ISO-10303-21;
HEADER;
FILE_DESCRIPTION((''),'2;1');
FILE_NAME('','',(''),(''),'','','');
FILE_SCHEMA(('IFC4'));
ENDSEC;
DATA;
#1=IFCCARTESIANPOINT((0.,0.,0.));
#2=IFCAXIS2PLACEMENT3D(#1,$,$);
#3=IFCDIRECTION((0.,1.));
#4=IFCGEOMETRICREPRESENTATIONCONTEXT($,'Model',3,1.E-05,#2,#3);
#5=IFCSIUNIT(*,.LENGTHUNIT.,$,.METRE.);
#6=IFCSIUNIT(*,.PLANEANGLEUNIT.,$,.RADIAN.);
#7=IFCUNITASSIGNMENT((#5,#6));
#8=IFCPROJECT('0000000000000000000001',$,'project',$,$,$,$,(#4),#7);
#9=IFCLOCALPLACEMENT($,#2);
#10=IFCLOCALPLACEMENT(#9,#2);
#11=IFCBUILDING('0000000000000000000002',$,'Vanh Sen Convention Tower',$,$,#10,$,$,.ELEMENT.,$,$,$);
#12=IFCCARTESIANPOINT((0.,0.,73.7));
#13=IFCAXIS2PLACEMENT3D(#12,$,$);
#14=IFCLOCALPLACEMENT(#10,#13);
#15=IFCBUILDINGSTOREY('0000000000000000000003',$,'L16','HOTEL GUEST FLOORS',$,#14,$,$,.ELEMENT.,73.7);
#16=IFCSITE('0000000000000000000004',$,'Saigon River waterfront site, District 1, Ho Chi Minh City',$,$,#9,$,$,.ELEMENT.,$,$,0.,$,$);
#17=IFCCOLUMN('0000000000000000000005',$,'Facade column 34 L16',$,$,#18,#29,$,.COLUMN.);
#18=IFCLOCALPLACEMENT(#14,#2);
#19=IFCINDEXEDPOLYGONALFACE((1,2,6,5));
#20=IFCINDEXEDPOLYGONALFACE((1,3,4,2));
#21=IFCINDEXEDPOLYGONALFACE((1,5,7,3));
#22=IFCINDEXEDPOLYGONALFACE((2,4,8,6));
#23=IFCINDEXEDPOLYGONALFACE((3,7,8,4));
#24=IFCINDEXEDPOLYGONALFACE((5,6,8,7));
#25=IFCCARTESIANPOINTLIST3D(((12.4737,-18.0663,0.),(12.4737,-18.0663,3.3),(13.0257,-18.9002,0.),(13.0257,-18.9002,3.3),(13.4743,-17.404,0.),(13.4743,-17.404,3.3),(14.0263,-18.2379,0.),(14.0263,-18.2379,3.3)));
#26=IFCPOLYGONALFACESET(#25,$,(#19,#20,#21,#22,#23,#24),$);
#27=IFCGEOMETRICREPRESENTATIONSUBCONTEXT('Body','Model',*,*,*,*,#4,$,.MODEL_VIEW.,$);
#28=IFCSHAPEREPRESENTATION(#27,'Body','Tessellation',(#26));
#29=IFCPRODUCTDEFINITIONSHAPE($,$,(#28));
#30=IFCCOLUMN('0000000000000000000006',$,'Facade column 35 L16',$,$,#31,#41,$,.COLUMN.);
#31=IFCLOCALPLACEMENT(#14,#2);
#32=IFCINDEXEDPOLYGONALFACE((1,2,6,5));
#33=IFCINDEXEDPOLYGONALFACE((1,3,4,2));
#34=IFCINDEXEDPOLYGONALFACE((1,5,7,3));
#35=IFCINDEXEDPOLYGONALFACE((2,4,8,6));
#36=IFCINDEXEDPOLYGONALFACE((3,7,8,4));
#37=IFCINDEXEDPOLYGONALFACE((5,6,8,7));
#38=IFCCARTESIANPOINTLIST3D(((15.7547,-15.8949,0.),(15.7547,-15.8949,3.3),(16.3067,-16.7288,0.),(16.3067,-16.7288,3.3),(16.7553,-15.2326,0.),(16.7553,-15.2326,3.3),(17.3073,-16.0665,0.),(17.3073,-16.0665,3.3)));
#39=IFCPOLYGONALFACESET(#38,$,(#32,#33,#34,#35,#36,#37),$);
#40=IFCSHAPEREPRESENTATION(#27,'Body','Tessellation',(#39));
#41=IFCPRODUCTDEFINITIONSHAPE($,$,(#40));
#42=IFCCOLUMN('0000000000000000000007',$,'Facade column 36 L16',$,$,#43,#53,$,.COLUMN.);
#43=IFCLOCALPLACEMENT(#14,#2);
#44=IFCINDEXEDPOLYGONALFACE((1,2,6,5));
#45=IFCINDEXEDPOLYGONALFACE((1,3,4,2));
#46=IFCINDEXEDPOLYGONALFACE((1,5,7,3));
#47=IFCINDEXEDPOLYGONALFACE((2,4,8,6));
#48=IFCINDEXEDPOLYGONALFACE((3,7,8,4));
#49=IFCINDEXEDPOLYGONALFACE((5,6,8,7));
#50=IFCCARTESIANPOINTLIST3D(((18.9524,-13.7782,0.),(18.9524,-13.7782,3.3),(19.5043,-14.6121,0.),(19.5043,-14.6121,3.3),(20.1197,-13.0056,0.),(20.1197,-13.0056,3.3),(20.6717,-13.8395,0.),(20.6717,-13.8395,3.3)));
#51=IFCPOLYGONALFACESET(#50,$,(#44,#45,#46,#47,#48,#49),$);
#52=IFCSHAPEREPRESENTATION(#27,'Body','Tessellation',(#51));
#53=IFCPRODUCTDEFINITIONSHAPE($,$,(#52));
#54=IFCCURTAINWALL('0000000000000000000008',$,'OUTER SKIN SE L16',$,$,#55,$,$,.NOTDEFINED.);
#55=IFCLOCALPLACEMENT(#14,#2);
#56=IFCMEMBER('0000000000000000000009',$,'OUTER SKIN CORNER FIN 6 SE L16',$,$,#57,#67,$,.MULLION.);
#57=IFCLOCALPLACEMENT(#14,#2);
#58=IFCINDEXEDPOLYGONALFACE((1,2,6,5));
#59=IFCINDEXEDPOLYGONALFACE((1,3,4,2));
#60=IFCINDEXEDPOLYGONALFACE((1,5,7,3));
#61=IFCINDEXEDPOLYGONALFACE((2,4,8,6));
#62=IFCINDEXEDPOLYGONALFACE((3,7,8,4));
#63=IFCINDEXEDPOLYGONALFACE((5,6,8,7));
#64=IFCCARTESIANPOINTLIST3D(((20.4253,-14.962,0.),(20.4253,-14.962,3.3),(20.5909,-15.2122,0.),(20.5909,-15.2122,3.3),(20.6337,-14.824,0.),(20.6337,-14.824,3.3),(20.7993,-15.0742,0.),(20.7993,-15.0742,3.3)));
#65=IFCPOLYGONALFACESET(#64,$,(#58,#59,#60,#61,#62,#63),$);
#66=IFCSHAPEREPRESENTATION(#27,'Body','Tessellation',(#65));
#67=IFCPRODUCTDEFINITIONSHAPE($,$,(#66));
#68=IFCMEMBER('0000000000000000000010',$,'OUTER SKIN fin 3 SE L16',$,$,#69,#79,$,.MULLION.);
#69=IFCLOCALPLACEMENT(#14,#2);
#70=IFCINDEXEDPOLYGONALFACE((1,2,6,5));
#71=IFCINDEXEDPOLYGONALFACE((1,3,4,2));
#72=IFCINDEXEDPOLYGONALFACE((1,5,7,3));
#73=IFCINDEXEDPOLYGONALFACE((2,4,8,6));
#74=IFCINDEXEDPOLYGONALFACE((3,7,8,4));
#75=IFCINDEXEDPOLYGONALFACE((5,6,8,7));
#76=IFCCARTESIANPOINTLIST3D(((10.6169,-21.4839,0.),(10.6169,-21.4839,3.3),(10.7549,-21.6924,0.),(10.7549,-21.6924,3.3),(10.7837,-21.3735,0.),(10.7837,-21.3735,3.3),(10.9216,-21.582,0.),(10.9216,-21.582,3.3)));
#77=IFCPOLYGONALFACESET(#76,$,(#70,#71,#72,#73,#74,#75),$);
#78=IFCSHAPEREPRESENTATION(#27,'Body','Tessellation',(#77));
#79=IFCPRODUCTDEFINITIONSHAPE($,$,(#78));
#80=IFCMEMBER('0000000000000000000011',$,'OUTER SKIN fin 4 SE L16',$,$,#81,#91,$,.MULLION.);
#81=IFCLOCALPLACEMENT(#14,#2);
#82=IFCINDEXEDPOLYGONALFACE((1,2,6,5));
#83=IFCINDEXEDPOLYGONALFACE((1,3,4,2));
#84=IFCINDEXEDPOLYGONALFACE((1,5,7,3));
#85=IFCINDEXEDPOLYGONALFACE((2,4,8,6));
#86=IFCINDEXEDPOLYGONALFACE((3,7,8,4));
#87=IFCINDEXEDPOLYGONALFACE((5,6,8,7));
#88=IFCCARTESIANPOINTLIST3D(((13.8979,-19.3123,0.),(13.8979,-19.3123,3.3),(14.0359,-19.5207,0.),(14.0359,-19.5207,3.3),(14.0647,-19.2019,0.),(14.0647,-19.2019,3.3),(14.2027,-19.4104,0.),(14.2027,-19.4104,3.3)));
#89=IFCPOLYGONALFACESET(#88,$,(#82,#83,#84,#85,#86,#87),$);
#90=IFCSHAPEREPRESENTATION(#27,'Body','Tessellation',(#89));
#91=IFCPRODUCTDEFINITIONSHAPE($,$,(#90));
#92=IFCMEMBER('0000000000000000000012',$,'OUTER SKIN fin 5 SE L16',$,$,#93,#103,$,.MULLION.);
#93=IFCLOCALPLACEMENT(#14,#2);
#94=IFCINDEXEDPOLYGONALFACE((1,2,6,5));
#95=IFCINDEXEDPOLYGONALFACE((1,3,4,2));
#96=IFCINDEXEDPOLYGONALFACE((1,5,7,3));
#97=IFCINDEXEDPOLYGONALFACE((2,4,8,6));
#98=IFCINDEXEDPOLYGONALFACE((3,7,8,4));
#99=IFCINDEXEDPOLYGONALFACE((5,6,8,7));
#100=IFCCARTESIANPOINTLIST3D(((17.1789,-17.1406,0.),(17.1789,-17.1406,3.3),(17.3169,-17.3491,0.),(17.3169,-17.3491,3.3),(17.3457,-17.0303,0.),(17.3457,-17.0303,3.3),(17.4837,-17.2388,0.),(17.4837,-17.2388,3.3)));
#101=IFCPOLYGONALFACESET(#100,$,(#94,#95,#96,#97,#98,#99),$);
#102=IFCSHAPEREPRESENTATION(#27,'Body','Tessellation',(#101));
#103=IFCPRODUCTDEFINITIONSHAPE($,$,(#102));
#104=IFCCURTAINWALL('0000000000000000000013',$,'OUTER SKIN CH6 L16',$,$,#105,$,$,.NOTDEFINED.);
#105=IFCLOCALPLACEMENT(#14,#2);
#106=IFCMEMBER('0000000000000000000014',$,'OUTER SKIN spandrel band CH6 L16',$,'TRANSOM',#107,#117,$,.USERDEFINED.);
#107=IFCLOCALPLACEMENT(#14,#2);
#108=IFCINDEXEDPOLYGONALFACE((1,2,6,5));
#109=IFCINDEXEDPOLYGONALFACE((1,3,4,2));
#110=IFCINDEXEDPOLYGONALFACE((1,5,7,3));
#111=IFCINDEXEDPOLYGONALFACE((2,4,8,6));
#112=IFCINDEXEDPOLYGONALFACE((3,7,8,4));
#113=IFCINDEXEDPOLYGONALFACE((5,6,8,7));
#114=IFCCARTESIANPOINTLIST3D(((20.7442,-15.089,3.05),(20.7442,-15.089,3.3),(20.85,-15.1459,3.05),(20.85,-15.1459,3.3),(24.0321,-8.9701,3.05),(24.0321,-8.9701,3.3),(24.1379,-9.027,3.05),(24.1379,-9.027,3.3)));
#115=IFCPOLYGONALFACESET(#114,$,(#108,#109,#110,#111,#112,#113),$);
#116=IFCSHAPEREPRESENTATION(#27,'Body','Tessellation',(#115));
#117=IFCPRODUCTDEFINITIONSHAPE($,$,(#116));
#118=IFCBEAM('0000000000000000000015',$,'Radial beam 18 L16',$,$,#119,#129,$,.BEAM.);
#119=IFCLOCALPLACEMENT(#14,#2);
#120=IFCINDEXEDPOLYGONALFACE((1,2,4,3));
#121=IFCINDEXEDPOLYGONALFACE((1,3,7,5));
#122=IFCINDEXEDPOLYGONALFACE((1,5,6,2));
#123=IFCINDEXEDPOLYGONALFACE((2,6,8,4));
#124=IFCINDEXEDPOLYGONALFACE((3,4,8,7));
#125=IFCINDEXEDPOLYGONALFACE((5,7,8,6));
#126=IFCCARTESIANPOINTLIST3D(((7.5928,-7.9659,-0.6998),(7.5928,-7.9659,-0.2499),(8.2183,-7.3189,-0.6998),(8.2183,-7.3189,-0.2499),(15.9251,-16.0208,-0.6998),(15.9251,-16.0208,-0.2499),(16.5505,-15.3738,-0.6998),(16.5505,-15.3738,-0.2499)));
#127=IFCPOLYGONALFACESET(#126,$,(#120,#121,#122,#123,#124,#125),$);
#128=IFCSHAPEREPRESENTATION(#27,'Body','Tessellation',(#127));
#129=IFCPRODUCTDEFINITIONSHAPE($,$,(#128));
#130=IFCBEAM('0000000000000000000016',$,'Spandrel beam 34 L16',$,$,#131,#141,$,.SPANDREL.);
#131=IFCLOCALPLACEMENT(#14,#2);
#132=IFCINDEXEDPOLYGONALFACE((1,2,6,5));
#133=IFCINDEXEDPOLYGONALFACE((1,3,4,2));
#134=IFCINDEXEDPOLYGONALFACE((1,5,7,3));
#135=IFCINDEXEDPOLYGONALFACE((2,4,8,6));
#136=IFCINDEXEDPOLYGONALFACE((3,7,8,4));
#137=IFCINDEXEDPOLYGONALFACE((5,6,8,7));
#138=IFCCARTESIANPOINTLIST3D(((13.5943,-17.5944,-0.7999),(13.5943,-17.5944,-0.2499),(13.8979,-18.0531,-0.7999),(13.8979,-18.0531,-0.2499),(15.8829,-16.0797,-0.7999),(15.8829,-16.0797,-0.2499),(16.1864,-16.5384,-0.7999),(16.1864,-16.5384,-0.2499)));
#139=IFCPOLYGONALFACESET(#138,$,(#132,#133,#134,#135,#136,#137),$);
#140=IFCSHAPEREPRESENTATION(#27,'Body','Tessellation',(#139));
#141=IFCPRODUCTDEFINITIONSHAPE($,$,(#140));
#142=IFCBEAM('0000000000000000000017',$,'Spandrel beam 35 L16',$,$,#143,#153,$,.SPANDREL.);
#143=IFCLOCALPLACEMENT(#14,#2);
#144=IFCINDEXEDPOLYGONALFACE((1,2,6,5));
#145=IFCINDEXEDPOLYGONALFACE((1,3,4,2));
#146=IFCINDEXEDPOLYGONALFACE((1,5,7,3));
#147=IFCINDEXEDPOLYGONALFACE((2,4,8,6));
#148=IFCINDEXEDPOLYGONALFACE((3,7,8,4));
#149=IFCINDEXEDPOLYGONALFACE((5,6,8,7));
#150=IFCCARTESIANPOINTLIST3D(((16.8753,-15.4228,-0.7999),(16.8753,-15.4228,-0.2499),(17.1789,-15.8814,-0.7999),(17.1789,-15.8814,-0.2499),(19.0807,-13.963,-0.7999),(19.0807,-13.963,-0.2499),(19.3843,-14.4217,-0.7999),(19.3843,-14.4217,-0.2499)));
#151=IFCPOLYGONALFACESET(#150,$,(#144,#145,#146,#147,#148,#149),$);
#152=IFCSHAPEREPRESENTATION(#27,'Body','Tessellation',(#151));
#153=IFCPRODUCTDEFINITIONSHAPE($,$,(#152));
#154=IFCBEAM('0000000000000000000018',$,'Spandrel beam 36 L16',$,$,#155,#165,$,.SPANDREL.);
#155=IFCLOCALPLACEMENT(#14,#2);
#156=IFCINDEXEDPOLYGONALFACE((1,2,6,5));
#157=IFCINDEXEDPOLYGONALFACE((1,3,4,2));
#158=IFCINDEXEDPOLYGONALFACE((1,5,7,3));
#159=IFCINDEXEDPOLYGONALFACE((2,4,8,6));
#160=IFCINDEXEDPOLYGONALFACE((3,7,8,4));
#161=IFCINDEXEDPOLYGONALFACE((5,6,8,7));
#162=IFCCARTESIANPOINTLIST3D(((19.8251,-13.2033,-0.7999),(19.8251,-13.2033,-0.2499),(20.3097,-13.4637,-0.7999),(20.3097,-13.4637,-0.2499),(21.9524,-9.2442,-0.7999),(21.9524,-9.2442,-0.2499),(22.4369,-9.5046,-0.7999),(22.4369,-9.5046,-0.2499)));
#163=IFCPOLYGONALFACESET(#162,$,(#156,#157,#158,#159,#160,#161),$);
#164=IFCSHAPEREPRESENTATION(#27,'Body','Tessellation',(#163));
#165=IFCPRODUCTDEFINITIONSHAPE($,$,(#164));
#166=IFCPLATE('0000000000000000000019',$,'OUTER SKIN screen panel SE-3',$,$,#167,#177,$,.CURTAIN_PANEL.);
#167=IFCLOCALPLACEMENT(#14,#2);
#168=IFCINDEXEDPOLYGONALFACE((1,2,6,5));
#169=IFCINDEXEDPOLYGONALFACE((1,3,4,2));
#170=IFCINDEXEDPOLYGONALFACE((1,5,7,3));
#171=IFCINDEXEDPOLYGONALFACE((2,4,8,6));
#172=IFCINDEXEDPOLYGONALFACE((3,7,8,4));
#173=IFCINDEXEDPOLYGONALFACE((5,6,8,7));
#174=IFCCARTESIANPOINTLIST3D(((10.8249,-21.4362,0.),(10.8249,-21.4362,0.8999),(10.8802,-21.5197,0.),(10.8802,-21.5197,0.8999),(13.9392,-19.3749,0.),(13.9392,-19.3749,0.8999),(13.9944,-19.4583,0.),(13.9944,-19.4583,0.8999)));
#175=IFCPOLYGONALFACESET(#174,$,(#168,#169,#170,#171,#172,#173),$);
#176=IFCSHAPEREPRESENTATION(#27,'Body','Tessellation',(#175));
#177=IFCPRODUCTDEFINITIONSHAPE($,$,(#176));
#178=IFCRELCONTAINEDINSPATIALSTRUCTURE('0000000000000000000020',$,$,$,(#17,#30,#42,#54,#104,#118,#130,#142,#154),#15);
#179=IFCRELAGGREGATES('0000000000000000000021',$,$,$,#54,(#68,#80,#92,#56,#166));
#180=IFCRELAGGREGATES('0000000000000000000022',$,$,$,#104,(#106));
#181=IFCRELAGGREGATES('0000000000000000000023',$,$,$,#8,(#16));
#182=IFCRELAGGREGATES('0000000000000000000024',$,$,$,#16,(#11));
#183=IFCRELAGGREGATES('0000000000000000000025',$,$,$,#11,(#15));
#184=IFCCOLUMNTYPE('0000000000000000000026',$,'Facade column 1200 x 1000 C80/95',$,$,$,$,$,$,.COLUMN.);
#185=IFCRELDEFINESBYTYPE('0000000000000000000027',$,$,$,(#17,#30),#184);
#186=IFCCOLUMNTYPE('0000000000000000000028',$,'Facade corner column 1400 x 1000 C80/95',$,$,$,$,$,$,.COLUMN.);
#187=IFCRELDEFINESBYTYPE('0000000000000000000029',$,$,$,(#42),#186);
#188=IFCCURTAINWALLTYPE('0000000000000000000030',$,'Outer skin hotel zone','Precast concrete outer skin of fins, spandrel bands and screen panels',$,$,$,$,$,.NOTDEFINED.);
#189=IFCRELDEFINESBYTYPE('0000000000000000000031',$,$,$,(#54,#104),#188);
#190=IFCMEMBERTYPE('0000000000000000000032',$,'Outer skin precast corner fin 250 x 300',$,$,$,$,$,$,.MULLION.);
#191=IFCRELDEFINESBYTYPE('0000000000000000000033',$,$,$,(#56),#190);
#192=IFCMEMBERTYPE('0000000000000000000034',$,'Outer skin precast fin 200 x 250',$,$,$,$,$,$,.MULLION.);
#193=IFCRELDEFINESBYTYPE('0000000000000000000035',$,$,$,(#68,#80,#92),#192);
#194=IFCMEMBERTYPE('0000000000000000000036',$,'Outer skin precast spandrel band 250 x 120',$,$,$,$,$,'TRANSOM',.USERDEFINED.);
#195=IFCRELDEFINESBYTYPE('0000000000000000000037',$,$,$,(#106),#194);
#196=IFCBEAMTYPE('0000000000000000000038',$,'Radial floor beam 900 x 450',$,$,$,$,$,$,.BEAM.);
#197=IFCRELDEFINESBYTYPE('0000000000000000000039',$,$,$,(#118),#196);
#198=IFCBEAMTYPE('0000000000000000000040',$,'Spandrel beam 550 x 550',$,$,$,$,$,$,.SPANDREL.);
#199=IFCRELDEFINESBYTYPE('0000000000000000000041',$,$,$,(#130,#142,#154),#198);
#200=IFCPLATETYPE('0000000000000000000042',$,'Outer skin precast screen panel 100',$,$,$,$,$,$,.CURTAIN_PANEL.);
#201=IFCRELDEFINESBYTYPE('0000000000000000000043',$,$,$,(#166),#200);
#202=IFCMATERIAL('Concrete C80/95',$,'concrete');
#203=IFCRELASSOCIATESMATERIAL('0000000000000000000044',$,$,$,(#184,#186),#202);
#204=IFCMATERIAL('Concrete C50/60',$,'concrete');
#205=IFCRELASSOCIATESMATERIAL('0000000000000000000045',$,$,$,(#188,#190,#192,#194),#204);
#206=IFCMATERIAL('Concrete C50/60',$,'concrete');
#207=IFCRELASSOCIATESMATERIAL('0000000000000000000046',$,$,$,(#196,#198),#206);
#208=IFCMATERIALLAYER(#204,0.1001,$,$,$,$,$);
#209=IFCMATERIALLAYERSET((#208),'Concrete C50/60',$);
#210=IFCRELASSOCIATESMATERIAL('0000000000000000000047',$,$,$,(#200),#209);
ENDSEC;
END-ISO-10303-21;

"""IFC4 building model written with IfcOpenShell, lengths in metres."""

from ifc_helpers import new_model, si_unit, direction, frame, origin, origin_2d, place, context, subcontext, project, spatial, rectangle, extrude, material, layer, layer_set, material_profile, profile_set, type_object, element, aggregate, save


model = new_model("IFC4")

# Units and contexts
model_context = context("Model", 3, precision=1e-05, world=origin(), true_north=direction((0.0, 1.0)))
body_context = subcontext(model_context, "Body", "Model", "MODEL_VIEW")
ifc_project = project(units=[si_unit("LENGTHUNIT", "METRE"), si_unit("PLANEANGLEUNIT", "RADIAN")], contexts=[model_context])

# Site, building, storey
site_placement = place(None, origin())
site = spatial("IfcSite", under=ifc_project, at=site_placement, Name="Saigon River waterfront site, District 1, Ho Chi Minh City", CompositionType="ELEMENT", RefElevation=0.0)
building_placement = place(site_placement, origin())
building = spatial("IfcBuilding", under=site, at=building_placement, Name="Vanh Sen Convention Tower", CompositionType="ELEMENT")
storey_placement = place(building_placement, frame((0.0, 0.0, 73.7)))
storey = spatial("IfcBuildingStorey", under=building, at=storey_placement, Name="L16", Description="HOTEL GUEST FLOORS", CompositionType="ELEMENT", Elevation=73.7)

# Columns
ifc_material_1 = material(Name="Concrete C80/95", Category="concrete")
ifc_material_profile_1 = material_profile(ifc_material_1, rectangle(XDim=1.2, YDim=1.0, at=origin_2d()), Name="RC 1200X1000")
ifc_profile_set_1 = profile_set([ifc_material_profile_1], Name="Concrete C80/95")
column_type_1 = type_object("IfcColumnType", Name="Facade column 1200 x 1000 C80/95", PredefinedType="COLUMN", material=ifc_profile_set_1)
for number, where, z_axis, x_axis, name in (
    (1, (13.25, -18.1521, 0.0), (0.0, 0.0, 1.0), (0.833886, 0.551937, 0.0), "Facade column 34 L16"),
    (2, (16.531, -15.9807, 0.0), (0.0, 0.0, 1.0), (0.833886, 0.551937, 0.0), "Facade column 35 L16"),
):
    element("IfcColumn", number, at=place(storey_placement, frame(where, z_axis=z_axis, x_axis=x_axis)), inside=storey, type_object=column_type_1, Name=name, PredefinedType="COLUMN", context=body_context, shape_type="SweptSolid", body=[
        extrude(rectangle(XDim=1.2, YDim=1.0, at=origin_2d()), origin(), (0.0, 0.0, 1.0), 3.3),
    ])
ifc_material_profile_2 = material_profile(ifc_material_1, rectangle(XDim=1.3999, YDim=1.0, at=origin_2d()), Name="RC 1400X1000")
ifc_profile_set_2 = profile_set([ifc_material_profile_2], Name="Concrete C80/95")
column_type_2 = type_object("IfcColumnType", Name="Facade corner column 1400 x 1000 C80/95", PredefinedType="COLUMN", material=ifc_profile_set_2)
column_placement = place(storey_placement, frame((19.812, -13.8088, 0.0), z_axis=(0.0, 0.0, 1.0), x_axis=(0.833886, 0.551937, 0.0)))
element("IfcColumn", 3, at=column_placement, inside=storey, type_object=column_type_2, Name="Facade column 36 L16", PredefinedType="COLUMN", context=body_context, shape_type="SweptSolid", body=[
    extrude(rectangle(XDim=1.3999, YDim=1.0, at=origin_2d()), origin(), (0.0, 0.0, 1.0), 3.3),
])

# Curtain wall, members
ifc_material_2 = material(Name="Concrete C50/60", Category="concrete")
curtain_wall_type = type_object("IfcCurtainWallType", Name="Outer skin hotel zone", Description="Precast concrete outer skin of fins, spandrel bands and screen panels", PredefinedType="NOTDEFINED", material=ifc_material_2)
curtain_wall_1_placement = place(storey_placement, origin())
curtain_wall_1 = element("IfcCurtainWall", 4, at=curtain_wall_1_placement, inside=storey, type_object=curtain_wall_type, Name="OUTER SKIN SE L16", PredefinedType="NOTDEFINED")
ifc_material_profile_3 = material_profile(ifc_material_2, rectangle(XDim=0.25, YDim=0.3, at=origin_2d()), Name="Outer skin precast corner fin 250 x 300")
ifc_profile_set_3 = profile_set([ifc_material_profile_3], Name="Concrete C50/60")
member_type_1 = type_object("IfcMemberType", Name="Outer skin precast corner fin 250 x 300", PredefinedType="MULLION", material=ifc_profile_set_3)
member_1_placement = place(storey_placement, frame((20.6123, -15.0181, 0.0), z_axis=(0.0, 0.0, 1.0), x_axis=(0.833886, 0.551937, 0.0)))
member_1 = element("IfcMember", 5, at=member_1_placement, type_object=member_type_1, Name="OUTER SKIN CORNER FIN 6 SE L16", PredefinedType="MULLION", context=body_context, shape_type="SweptSolid", body=[
    extrude(rectangle(XDim=0.25, YDim=0.3, at=origin_2d()), origin(), (0.0, 0.0, 1.0), 3.3),
])
ifc_material_profile_4 = material_profile(ifc_material_2, rectangle(XDim=0.2, YDim=0.25, at=origin_2d()), Name="Outer skin precast fin 200 x 250")
ifc_profile_set_4 = profile_set([ifc_material_profile_4], Name="Concrete C50/60")
member_type_2 = type_object("IfcMemberType", Name="Outer skin precast fin 200 x 250", PredefinedType="MULLION", material=ifc_profile_set_4)
member_2_placement = place(storey_placement, frame((10.7693, -21.533, 0.0), z_axis=(0.0, 0.0, 1.0), x_axis=(0.833886, 0.551937, 0.0)))
member_2 = element("IfcMember", 6, at=member_2_placement, type_object=member_type_2, Name="OUTER SKIN fin 3 SE L16", PredefinedType="MULLION", context=body_context, shape_type="SweptSolid", body=[
    extrude(rectangle(XDim=0.2, YDim=0.25, at=origin_2d()), origin(), (0.0, 0.0, 1.0), 3.3),
])
member_3_placement = place(storey_placement, frame((14.0503, -19.3613, 0.0), z_axis=(0.0, 0.0, 1.0), x_axis=(0.833886, 0.551937, 0.0)))
member_3 = element("IfcMember", 7, at=member_3_placement, type_object=member_type_2, Name="OUTER SKIN fin 4 SE L16", PredefinedType="MULLION", context=body_context, shape_type="SweptSolid", body=[
    extrude(rectangle(XDim=0.2, YDim=0.25, at=origin_2d()), origin(), (0.0, 0.0, 1.0), 3.3),
])
member_4_placement = place(storey_placement, frame((17.3313, -17.1897, 0.0), z_axis=(0.0, 0.0, 1.0), x_axis=(0.833886, 0.551937, 0.0)))
member_4 = element("IfcMember", 8, at=member_4_placement, type_object=member_type_2, Name="OUTER SKIN fin 5 SE L16", PredefinedType="MULLION", context=body_context, shape_type="SweptSolid", body=[
    extrude(rectangle(XDim=0.2, YDim=0.25, at=origin_2d()), origin(), (0.0, 0.0, 1.0), 3.3),
])

# Curtain wall, member
curtain_wall_2_placement = place(storey_placement, origin())
curtain_wall_2 = element("IfcCurtainWall", 9, at=curtain_wall_2_placement, inside=storey, type_object=curtain_wall_type, Name="OUTER SKIN CH6 L16", PredefinedType="NOTDEFINED")
ifc_material_profile_5 = material_profile(ifc_material_2, rectangle(XDim=0.1201, YDim=0.25, at=origin_2d()), Name="Outer skin precast spandrel band 250 x 120")
ifc_profile_set_5 = profile_set([ifc_material_profile_5], Name="Concrete C50/60")
member_type_3 = type_object("IfcMemberType", Name="Outer skin precast spandrel band 250 x 120", ElementType="TRANSOM", PredefinedType="USERDEFINED", material=ifc_profile_set_5)
member_5_placement = place(storey_placement, frame((20.7971, -15.1174, 3.175), z_axis=(0.473324, 0.880888, 0.0), x_axis=(-0.880888, 0.473324, 0.0)))
member_5 = element("IfcMember", 10, at=member_5_placement, type_object=member_type_3, Name="OUTER SKIN spandrel band CH6 L16", ObjectType="TRANSOM", PredefinedType="USERDEFINED", context=body_context, shape_type="SweptSolid", body=[
    extrude(rectangle(XDim=0.1201, YDim=0.25, at=origin_2d()), origin(), (0.0, 0.0, 1.0), 6.9463),
])

# Beams
ifc_material_3 = material(Name="Concrete C50/60", Category="concrete")
ifc_material_profile_6 = material_profile(ifc_material_3, rectangle(XDim=0.8999, YDim=0.45, at=origin_2d()), Name="RC 900X450")
ifc_profile_set_6 = profile_set([ifc_material_profile_6], Name="Concrete C50/60")
beam_type_1 = type_object("IfcBeamType", Name="Radial floor beam 900 x 450", PredefinedType="BEAM", material=ifc_profile_set_6)
beam_1_placement = place(storey_placement, frame((16.2378, -15.6973, -0.4749), z_axis=(-0.718971, 0.69504, 0.0), x_axis=(-0.69504, -0.718971, 0.0)))
element("IfcBeam", 11, at=beam_1_placement, inside=storey, type_object=beam_type_1, Name="Radial beam 18 L16", PredefinedType="BEAM", context=body_context, shape_type="SweptSolid", body=[
    extrude(rectangle(XDim=0.8999, YDim=0.45, at=origin_2d()), origin(), (0.0, 0.0, 1.0), 11.5891),
])
ifc_material_profile_7 = material_profile(ifc_material_3, rectangle(XDim=0.55, YDim=0.55, at=origin_2d()), Name="RC 550X550")
ifc_profile_set_7 = profile_set([ifc_material_profile_7], Name="Concrete C50/60")
beam_type_2 = type_object("IfcBeamType", Name="Spandrel beam 550 x 550", PredefinedType="SPANDREL", material=ifc_profile_set_7)
beam_2_placement = place(storey_placement, frame((13.7461, -17.8237, -0.5249), z_axis=(0.833907, 0.551905, 0.0), x_axis=(-0.551905, 0.833907, 0.0)))
element("IfcBeam", 12, at=beam_2_placement, inside=storey, type_object=beam_type_2, Name="Spandrel beam 34 L16", PredefinedType="SPANDREL", context=body_context, shape_type="SweptSolid", body=[
    extrude(rectangle(XDim=0.55, YDim=0.55, at=origin_2d()), origin(), (0.0, 0.0, 1.0), 2.7444),
])
beam_3_placement = place(storey_placement, frame((17.0271, -15.6521, -0.5249), z_axis=(0.833878, 0.551949, 0.0), x_axis=(-0.551949, 0.833878, 0.0)))
element("IfcBeam", 13, at=beam_3_placement, inside=storey, type_object=beam_type_2, Name="Spandrel beam 35 L16", PredefinedType="SPANDREL", context=body_context, shape_type="SweptSolid", body=[
    extrude(rectangle(XDim=0.55, YDim=0.55, at=origin_2d()), origin(), (0.0, 0.0, 1.0), 2.6448),
])
beam_4_placement = place(storey_placement, frame((20.0674, -13.3335, -0.5249), z_axis=(0.473312, 0.880895, 0.0), x_axis=(-0.880895, 0.473312, 0.0)))
element("IfcBeam", 14, at=beam_4_placement, inside=storey, type_object=beam_type_2, Name="Spandrel beam 36 L16", PredefinedType="SPANDREL", context=body_context, shape_type="SweptSolid", body=[
    extrude(rectangle(XDim=0.55, YDim=0.55, at=origin_2d()), origin(), (0.0, 0.0, 1.0), 4.4944),
])

# Plate
ifc_layer_1 = layer(ifc_material_2, 0.1001)
ifc_layer_set_1 = layer_set([ifc_layer_1], Name="Concrete C50/60")
plate_type = type_object("IfcPlateType", Name="Outer skin precast screen panel 100", PredefinedType="CURTAIN_PANEL", material=ifc_layer_set_1)
plate_1_placement = place(storey_placement, frame((12.4097, -20.4473, 0.0), z_axis=(0.0, 0.0, 1.0), x_axis=(0.83388, 0.551946, 0.0)))
plate_1 = element("IfcPlate", 15, at=plate_1_placement, type_object=plate_type, Name="OUTER SKIN screen panel SE-3", PredefinedType="CURTAIN_PANEL", context=body_context, shape_type="SweptSolid", body=[
    extrude(rectangle(XDim=3.7346, YDim=0.1001, at=origin_2d()), origin(), (0.0, 0.0, 1.0), 0.8999),
])
aggregate(curtain_wall_1, [member_2, member_3, member_4, member_1, plate_1])
aggregate(curtain_wall_2, [member_5])

save(model, "model.ifc")
